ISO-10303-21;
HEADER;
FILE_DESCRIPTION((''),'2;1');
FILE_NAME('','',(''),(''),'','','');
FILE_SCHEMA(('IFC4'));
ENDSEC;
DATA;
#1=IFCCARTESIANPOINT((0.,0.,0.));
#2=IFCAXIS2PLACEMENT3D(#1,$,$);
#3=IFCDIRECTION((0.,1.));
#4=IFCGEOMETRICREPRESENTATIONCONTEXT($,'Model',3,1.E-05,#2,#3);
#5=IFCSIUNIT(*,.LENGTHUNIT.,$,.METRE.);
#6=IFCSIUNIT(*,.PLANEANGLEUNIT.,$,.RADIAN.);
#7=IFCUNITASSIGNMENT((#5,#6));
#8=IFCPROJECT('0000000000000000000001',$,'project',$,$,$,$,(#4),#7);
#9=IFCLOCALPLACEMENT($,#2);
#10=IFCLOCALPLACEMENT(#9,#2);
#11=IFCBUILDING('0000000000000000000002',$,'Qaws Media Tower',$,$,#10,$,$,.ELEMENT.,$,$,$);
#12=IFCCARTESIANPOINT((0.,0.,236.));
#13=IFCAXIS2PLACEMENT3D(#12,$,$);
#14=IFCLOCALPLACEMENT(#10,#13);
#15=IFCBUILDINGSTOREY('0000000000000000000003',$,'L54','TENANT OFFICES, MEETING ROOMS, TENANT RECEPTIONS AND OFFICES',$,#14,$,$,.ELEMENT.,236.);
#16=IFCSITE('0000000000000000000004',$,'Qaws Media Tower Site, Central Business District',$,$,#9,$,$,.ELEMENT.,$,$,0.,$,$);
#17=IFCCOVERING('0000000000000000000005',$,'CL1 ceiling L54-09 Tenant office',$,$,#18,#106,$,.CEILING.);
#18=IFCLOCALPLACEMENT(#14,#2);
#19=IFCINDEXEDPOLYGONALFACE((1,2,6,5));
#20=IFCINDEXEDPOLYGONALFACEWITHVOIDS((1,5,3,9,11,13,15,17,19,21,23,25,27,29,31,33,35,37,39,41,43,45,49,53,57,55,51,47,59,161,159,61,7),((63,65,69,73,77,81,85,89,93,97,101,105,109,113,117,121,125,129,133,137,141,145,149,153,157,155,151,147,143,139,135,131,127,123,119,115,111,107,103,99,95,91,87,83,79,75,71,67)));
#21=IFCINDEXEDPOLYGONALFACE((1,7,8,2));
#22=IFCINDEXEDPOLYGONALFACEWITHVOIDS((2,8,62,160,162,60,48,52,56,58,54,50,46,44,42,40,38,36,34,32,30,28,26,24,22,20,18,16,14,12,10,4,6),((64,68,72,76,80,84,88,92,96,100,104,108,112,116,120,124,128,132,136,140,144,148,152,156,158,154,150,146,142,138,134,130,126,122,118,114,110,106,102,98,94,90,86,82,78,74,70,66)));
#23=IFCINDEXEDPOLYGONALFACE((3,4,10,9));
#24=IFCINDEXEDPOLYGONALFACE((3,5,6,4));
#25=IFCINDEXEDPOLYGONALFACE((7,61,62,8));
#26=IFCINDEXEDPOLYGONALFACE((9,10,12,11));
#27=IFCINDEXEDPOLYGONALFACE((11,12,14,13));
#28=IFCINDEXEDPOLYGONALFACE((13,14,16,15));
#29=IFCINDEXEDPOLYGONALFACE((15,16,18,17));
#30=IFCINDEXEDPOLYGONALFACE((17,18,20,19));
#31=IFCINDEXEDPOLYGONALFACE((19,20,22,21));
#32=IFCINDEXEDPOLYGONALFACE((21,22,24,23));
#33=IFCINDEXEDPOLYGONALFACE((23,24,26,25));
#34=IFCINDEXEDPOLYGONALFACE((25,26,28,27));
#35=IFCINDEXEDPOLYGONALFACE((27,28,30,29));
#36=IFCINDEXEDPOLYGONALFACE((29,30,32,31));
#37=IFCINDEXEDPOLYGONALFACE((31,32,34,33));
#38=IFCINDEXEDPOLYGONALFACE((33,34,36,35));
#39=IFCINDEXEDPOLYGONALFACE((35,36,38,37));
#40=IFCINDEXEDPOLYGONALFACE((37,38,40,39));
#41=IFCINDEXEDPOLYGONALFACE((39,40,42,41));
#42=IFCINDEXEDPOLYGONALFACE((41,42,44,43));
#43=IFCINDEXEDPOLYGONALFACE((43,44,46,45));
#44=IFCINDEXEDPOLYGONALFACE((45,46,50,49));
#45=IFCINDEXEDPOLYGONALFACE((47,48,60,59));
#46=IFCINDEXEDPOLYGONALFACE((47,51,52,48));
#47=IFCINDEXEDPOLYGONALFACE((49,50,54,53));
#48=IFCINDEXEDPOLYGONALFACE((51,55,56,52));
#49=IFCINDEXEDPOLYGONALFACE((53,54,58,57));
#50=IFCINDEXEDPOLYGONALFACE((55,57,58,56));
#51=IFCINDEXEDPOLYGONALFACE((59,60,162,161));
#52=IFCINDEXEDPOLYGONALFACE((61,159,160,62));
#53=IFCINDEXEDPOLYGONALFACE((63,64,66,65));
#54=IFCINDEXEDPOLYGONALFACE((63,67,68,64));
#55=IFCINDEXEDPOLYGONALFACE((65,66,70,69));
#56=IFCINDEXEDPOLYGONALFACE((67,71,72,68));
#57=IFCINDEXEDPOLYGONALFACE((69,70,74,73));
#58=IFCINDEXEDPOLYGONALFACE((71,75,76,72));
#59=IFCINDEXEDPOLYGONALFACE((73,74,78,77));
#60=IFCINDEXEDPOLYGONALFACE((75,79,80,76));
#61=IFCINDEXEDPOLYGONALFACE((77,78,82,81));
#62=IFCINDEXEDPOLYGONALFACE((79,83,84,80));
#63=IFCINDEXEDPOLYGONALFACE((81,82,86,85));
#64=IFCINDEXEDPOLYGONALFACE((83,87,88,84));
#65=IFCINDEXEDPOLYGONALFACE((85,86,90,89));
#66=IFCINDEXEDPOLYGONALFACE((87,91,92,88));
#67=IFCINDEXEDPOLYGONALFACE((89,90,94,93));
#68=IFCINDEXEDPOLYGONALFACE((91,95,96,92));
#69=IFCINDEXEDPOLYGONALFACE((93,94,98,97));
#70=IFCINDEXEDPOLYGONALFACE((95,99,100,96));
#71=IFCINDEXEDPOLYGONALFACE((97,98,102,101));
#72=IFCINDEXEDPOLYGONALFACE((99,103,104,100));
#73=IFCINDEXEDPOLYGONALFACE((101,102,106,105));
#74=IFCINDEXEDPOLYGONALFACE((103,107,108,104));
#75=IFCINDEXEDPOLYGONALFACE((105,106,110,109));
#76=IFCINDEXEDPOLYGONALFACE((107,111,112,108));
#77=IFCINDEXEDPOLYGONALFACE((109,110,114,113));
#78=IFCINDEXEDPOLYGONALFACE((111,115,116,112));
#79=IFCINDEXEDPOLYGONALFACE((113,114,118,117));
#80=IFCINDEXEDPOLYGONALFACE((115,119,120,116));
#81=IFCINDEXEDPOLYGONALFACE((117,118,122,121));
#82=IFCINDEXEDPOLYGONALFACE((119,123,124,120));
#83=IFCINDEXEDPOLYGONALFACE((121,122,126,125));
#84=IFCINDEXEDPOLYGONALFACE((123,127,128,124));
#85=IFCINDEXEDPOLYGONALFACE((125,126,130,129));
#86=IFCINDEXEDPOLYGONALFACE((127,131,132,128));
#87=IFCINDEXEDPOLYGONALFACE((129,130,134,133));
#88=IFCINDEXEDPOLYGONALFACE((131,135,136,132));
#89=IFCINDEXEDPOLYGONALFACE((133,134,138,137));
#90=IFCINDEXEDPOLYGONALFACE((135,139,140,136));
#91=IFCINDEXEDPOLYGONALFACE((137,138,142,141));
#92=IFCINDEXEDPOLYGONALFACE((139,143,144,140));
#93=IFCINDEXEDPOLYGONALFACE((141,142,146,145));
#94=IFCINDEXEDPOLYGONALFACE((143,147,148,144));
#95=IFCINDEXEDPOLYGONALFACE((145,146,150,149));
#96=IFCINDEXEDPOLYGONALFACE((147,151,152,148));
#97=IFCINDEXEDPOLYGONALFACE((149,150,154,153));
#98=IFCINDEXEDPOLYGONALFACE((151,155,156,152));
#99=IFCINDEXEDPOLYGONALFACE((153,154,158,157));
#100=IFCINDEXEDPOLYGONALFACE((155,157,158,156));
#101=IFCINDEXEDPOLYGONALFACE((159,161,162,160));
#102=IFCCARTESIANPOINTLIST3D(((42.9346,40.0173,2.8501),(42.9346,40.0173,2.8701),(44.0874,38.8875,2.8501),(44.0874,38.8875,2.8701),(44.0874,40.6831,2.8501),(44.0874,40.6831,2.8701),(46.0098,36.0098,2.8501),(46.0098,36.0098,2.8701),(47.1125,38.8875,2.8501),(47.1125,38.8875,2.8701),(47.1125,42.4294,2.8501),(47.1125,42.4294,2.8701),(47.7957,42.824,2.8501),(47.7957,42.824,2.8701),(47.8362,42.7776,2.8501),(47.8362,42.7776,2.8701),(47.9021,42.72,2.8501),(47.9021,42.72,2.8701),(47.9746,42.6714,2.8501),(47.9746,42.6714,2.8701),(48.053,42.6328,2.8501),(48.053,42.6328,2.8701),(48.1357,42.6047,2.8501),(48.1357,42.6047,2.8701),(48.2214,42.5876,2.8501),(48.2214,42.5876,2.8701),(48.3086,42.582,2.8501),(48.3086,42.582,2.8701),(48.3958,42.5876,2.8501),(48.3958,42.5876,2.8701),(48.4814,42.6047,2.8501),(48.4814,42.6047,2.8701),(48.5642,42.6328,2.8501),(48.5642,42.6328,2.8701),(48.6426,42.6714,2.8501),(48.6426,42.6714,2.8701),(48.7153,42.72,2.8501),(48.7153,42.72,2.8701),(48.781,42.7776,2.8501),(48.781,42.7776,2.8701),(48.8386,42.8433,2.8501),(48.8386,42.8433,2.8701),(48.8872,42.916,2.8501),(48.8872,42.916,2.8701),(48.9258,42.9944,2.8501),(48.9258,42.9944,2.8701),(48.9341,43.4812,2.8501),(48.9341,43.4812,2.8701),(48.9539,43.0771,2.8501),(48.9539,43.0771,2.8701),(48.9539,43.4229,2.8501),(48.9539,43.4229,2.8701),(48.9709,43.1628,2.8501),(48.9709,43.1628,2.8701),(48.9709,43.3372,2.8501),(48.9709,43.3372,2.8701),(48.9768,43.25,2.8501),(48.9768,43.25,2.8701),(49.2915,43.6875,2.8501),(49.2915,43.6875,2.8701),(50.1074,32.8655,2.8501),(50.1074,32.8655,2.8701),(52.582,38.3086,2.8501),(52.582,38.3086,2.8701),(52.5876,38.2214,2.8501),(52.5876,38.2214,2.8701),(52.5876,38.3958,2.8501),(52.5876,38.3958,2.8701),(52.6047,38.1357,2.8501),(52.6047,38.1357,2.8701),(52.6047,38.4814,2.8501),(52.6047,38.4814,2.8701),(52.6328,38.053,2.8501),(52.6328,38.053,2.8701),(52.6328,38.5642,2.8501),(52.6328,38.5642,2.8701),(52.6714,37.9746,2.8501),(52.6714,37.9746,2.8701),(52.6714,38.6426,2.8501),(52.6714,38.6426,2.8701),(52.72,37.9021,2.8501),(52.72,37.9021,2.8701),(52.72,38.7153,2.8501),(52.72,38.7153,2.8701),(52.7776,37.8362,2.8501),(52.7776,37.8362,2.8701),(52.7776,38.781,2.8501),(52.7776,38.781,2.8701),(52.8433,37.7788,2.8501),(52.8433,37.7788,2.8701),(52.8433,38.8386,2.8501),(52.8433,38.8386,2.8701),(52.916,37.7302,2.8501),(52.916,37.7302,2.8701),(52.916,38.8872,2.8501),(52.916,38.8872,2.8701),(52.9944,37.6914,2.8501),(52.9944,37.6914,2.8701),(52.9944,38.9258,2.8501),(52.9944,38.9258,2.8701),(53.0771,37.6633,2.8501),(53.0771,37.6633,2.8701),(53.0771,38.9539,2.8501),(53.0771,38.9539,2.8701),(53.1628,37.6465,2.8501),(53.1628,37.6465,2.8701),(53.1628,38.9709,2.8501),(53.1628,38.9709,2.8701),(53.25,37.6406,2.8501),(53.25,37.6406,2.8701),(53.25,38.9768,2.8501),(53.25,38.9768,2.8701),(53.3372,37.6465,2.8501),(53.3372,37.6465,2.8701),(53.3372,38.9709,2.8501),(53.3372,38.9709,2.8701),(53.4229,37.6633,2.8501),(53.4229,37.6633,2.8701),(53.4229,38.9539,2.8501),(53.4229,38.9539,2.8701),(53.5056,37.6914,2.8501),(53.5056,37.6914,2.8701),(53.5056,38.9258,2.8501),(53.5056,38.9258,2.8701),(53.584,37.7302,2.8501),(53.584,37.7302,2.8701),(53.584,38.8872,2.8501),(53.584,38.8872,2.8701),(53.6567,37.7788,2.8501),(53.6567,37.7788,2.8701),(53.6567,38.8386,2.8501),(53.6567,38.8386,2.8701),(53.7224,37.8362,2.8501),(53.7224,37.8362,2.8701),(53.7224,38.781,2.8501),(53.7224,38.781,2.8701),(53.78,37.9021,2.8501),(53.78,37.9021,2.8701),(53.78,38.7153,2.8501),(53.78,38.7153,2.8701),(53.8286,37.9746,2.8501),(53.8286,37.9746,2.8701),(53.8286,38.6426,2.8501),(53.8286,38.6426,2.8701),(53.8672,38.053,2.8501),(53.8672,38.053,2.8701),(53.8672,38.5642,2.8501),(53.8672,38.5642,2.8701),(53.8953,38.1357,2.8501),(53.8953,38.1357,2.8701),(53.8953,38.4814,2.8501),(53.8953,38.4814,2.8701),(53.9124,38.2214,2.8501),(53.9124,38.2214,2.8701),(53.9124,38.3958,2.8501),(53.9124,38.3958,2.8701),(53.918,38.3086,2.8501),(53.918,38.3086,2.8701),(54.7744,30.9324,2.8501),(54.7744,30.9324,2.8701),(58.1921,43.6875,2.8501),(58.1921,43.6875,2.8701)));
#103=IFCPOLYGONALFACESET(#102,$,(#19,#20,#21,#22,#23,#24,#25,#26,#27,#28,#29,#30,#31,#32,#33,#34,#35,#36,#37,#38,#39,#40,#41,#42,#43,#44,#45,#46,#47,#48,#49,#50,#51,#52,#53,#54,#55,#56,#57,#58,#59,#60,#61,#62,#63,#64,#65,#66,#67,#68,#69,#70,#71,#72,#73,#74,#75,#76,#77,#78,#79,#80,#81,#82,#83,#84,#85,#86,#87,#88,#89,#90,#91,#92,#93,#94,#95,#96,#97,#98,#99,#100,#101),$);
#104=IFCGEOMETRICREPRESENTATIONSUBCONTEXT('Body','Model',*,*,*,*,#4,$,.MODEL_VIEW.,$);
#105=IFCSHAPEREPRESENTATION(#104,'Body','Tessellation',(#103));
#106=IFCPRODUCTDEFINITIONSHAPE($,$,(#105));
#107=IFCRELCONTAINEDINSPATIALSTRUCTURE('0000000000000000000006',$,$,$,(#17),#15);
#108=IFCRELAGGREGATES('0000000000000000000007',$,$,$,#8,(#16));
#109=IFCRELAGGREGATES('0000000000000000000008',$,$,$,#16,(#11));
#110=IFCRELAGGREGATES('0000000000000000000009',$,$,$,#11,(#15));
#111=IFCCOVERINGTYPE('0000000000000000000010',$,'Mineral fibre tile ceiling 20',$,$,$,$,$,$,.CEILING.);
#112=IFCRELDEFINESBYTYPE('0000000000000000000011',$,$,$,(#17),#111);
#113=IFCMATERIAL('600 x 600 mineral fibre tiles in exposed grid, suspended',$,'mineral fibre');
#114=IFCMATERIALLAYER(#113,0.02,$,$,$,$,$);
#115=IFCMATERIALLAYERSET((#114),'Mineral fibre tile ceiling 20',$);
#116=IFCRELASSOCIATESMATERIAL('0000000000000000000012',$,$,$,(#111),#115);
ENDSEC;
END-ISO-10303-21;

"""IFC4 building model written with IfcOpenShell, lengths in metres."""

from ifc_helpers import new_model, si_unit, direction, frame, origin, place, context, subcontext, project, spatial, polyline, outline, extrude, material, layer, layer_set, type_object, element, save


model = new_model("IFC4")

# Units and contexts
model_context = context("Model", 3, precision=1e-05, world=origin(), true_north=direction((0.0, 1.0)))
body_context = subcontext(model_context, "Body", "Model", "MODEL_VIEW")
ifc_project = project(units=[si_unit("LENGTHUNIT", "METRE"), si_unit("PLANEANGLEUNIT", "RADIAN")], contexts=[model_context])

# Site, building, storey
site_placement = place(None, origin())
site = spatial("IfcSite", under=ifc_project, at=site_placement, Name="Qaws Media Tower Site, Central Business District", CompositionType="ELEMENT", RefElevation=0.0)
building_placement = place(site_placement, origin())
building = spatial("IfcBuilding", under=site, at=building_placement, Name="Qaws Media Tower", CompositionType="ELEMENT")
storey_placement = place(building_placement, frame((0.0, 0.0, 236.0)))
storey = spatial("IfcBuildingStorey", under=building, at=storey_placement, Name="L54", Description="TENANT OFFICES, MEETING ROOMS, TENANT RECEPTIONS AND OFFICES", CompositionType="ELEMENT", Elevation=236.0)

# Covering
ifc_material_1 = material(Name="600 x 600 mineral fibre tiles in exposed grid, suspended", Category="mineral fibre")
ifc_layer_1 = layer(ifc_material_1, 0.02)
ifc_layer_set_1 = layer_set([ifc_layer_1], Name="Mineral fibre tile ceiling 20")
covering_type_1 = type_object("IfcCoveringType", Name="Mineral fibre tile ceiling 20", PredefinedType="CEILING", material=ifc_layer_set_1)
covering_1_placement = place(storey_placement, frame((0.0, 0.0, 2.8501)))
element("IfcCovering", 1, at=covering_1_placement, inside=storey, type_object=covering_type_1, Name="CL1 ceiling L54-09 Tenant office", PredefinedType="CEILING", context=body_context, shape_type="SweptSolid", body=[
    extrude(outline(polyline([(50.1074, 32.8655), (46.0098, 36.0098), (42.9346, 40.0173), (44.0874, 40.6831), (44.0874, 38.8875), (47.1125, 38.8875), (47.1125, 42.4294), (47.7957, 42.824), (47.8362, 42.7776), (47.9021, 42.72), (47.9746, 42.6714), (48.053, 42.6328), (48.1357, 42.6047), (48.2214, 42.5876), (48.3086, 42.582), (48.3958, 42.5876), (48.4814, 42.6047), (48.5642, 42.6328), (48.6426, 42.6714), (48.7153, 42.72), (48.781, 42.7776), (48.8386, 42.8433), (48.8872, 42.916), (48.9258, 42.9944), (48.9539, 43.0771), (48.9709, 43.1628), (48.9768, 43.25), (48.9709, 43.3372), (48.9539, 43.4229), (48.9341, 43.4812), (49.2915, 43.6875), (58.1921, 43.6875), (54.7744, 30.9324), (50.1074, 32.8655)]), holes=[polyline([(53.8953, 38.1357), (53.9124, 38.2214), (53.918, 38.3086), (53.9124, 38.3958), (53.8953, 38.4814), (53.8672, 38.5642), (53.8286, 38.6426), (53.78, 38.7153), (53.7224, 38.781), (53.6567, 38.8386), (53.584, 38.8872), (53.5056, 38.9258), (53.4229, 38.9539), (53.3372, 38.9709), (53.25, 38.9768), (53.1628, 38.9709), (53.0771, 38.9539), (52.9944, 38.9258), (52.916, 38.8872), (52.8433, 38.8386), (52.7776, 38.781), (52.72, 38.7153), (52.6714, 38.6426), (52.6328, 38.5642), (52.6047, 38.4814), (52.5876, 38.3958), (52.582, 38.3086), (52.5876, 38.2214), (52.6047, 38.1357), (52.6328, 38.053), (52.6714, 37.9746), (52.72, 37.9021), (52.7776, 37.8362), (52.8433, 37.7788), (52.916, 37.7302), (52.9944, 37.6914), (53.0771, 37.6633), (53.1628, 37.6465), (53.25, 37.6406), (53.3372, 37.6465), (53.4229, 37.6633), (53.5056, 37.6914), (53.584, 37.7302), (53.6567, 37.7788), (53.7224, 37.8362), (53.78, 37.9021), (53.8286, 37.9746), (53.8672, 38.053), (53.8953, 38.1357)])]), origin(), (0.0, 0.0, 1.0), 0.02),
])

save(model, "model.ifc")
